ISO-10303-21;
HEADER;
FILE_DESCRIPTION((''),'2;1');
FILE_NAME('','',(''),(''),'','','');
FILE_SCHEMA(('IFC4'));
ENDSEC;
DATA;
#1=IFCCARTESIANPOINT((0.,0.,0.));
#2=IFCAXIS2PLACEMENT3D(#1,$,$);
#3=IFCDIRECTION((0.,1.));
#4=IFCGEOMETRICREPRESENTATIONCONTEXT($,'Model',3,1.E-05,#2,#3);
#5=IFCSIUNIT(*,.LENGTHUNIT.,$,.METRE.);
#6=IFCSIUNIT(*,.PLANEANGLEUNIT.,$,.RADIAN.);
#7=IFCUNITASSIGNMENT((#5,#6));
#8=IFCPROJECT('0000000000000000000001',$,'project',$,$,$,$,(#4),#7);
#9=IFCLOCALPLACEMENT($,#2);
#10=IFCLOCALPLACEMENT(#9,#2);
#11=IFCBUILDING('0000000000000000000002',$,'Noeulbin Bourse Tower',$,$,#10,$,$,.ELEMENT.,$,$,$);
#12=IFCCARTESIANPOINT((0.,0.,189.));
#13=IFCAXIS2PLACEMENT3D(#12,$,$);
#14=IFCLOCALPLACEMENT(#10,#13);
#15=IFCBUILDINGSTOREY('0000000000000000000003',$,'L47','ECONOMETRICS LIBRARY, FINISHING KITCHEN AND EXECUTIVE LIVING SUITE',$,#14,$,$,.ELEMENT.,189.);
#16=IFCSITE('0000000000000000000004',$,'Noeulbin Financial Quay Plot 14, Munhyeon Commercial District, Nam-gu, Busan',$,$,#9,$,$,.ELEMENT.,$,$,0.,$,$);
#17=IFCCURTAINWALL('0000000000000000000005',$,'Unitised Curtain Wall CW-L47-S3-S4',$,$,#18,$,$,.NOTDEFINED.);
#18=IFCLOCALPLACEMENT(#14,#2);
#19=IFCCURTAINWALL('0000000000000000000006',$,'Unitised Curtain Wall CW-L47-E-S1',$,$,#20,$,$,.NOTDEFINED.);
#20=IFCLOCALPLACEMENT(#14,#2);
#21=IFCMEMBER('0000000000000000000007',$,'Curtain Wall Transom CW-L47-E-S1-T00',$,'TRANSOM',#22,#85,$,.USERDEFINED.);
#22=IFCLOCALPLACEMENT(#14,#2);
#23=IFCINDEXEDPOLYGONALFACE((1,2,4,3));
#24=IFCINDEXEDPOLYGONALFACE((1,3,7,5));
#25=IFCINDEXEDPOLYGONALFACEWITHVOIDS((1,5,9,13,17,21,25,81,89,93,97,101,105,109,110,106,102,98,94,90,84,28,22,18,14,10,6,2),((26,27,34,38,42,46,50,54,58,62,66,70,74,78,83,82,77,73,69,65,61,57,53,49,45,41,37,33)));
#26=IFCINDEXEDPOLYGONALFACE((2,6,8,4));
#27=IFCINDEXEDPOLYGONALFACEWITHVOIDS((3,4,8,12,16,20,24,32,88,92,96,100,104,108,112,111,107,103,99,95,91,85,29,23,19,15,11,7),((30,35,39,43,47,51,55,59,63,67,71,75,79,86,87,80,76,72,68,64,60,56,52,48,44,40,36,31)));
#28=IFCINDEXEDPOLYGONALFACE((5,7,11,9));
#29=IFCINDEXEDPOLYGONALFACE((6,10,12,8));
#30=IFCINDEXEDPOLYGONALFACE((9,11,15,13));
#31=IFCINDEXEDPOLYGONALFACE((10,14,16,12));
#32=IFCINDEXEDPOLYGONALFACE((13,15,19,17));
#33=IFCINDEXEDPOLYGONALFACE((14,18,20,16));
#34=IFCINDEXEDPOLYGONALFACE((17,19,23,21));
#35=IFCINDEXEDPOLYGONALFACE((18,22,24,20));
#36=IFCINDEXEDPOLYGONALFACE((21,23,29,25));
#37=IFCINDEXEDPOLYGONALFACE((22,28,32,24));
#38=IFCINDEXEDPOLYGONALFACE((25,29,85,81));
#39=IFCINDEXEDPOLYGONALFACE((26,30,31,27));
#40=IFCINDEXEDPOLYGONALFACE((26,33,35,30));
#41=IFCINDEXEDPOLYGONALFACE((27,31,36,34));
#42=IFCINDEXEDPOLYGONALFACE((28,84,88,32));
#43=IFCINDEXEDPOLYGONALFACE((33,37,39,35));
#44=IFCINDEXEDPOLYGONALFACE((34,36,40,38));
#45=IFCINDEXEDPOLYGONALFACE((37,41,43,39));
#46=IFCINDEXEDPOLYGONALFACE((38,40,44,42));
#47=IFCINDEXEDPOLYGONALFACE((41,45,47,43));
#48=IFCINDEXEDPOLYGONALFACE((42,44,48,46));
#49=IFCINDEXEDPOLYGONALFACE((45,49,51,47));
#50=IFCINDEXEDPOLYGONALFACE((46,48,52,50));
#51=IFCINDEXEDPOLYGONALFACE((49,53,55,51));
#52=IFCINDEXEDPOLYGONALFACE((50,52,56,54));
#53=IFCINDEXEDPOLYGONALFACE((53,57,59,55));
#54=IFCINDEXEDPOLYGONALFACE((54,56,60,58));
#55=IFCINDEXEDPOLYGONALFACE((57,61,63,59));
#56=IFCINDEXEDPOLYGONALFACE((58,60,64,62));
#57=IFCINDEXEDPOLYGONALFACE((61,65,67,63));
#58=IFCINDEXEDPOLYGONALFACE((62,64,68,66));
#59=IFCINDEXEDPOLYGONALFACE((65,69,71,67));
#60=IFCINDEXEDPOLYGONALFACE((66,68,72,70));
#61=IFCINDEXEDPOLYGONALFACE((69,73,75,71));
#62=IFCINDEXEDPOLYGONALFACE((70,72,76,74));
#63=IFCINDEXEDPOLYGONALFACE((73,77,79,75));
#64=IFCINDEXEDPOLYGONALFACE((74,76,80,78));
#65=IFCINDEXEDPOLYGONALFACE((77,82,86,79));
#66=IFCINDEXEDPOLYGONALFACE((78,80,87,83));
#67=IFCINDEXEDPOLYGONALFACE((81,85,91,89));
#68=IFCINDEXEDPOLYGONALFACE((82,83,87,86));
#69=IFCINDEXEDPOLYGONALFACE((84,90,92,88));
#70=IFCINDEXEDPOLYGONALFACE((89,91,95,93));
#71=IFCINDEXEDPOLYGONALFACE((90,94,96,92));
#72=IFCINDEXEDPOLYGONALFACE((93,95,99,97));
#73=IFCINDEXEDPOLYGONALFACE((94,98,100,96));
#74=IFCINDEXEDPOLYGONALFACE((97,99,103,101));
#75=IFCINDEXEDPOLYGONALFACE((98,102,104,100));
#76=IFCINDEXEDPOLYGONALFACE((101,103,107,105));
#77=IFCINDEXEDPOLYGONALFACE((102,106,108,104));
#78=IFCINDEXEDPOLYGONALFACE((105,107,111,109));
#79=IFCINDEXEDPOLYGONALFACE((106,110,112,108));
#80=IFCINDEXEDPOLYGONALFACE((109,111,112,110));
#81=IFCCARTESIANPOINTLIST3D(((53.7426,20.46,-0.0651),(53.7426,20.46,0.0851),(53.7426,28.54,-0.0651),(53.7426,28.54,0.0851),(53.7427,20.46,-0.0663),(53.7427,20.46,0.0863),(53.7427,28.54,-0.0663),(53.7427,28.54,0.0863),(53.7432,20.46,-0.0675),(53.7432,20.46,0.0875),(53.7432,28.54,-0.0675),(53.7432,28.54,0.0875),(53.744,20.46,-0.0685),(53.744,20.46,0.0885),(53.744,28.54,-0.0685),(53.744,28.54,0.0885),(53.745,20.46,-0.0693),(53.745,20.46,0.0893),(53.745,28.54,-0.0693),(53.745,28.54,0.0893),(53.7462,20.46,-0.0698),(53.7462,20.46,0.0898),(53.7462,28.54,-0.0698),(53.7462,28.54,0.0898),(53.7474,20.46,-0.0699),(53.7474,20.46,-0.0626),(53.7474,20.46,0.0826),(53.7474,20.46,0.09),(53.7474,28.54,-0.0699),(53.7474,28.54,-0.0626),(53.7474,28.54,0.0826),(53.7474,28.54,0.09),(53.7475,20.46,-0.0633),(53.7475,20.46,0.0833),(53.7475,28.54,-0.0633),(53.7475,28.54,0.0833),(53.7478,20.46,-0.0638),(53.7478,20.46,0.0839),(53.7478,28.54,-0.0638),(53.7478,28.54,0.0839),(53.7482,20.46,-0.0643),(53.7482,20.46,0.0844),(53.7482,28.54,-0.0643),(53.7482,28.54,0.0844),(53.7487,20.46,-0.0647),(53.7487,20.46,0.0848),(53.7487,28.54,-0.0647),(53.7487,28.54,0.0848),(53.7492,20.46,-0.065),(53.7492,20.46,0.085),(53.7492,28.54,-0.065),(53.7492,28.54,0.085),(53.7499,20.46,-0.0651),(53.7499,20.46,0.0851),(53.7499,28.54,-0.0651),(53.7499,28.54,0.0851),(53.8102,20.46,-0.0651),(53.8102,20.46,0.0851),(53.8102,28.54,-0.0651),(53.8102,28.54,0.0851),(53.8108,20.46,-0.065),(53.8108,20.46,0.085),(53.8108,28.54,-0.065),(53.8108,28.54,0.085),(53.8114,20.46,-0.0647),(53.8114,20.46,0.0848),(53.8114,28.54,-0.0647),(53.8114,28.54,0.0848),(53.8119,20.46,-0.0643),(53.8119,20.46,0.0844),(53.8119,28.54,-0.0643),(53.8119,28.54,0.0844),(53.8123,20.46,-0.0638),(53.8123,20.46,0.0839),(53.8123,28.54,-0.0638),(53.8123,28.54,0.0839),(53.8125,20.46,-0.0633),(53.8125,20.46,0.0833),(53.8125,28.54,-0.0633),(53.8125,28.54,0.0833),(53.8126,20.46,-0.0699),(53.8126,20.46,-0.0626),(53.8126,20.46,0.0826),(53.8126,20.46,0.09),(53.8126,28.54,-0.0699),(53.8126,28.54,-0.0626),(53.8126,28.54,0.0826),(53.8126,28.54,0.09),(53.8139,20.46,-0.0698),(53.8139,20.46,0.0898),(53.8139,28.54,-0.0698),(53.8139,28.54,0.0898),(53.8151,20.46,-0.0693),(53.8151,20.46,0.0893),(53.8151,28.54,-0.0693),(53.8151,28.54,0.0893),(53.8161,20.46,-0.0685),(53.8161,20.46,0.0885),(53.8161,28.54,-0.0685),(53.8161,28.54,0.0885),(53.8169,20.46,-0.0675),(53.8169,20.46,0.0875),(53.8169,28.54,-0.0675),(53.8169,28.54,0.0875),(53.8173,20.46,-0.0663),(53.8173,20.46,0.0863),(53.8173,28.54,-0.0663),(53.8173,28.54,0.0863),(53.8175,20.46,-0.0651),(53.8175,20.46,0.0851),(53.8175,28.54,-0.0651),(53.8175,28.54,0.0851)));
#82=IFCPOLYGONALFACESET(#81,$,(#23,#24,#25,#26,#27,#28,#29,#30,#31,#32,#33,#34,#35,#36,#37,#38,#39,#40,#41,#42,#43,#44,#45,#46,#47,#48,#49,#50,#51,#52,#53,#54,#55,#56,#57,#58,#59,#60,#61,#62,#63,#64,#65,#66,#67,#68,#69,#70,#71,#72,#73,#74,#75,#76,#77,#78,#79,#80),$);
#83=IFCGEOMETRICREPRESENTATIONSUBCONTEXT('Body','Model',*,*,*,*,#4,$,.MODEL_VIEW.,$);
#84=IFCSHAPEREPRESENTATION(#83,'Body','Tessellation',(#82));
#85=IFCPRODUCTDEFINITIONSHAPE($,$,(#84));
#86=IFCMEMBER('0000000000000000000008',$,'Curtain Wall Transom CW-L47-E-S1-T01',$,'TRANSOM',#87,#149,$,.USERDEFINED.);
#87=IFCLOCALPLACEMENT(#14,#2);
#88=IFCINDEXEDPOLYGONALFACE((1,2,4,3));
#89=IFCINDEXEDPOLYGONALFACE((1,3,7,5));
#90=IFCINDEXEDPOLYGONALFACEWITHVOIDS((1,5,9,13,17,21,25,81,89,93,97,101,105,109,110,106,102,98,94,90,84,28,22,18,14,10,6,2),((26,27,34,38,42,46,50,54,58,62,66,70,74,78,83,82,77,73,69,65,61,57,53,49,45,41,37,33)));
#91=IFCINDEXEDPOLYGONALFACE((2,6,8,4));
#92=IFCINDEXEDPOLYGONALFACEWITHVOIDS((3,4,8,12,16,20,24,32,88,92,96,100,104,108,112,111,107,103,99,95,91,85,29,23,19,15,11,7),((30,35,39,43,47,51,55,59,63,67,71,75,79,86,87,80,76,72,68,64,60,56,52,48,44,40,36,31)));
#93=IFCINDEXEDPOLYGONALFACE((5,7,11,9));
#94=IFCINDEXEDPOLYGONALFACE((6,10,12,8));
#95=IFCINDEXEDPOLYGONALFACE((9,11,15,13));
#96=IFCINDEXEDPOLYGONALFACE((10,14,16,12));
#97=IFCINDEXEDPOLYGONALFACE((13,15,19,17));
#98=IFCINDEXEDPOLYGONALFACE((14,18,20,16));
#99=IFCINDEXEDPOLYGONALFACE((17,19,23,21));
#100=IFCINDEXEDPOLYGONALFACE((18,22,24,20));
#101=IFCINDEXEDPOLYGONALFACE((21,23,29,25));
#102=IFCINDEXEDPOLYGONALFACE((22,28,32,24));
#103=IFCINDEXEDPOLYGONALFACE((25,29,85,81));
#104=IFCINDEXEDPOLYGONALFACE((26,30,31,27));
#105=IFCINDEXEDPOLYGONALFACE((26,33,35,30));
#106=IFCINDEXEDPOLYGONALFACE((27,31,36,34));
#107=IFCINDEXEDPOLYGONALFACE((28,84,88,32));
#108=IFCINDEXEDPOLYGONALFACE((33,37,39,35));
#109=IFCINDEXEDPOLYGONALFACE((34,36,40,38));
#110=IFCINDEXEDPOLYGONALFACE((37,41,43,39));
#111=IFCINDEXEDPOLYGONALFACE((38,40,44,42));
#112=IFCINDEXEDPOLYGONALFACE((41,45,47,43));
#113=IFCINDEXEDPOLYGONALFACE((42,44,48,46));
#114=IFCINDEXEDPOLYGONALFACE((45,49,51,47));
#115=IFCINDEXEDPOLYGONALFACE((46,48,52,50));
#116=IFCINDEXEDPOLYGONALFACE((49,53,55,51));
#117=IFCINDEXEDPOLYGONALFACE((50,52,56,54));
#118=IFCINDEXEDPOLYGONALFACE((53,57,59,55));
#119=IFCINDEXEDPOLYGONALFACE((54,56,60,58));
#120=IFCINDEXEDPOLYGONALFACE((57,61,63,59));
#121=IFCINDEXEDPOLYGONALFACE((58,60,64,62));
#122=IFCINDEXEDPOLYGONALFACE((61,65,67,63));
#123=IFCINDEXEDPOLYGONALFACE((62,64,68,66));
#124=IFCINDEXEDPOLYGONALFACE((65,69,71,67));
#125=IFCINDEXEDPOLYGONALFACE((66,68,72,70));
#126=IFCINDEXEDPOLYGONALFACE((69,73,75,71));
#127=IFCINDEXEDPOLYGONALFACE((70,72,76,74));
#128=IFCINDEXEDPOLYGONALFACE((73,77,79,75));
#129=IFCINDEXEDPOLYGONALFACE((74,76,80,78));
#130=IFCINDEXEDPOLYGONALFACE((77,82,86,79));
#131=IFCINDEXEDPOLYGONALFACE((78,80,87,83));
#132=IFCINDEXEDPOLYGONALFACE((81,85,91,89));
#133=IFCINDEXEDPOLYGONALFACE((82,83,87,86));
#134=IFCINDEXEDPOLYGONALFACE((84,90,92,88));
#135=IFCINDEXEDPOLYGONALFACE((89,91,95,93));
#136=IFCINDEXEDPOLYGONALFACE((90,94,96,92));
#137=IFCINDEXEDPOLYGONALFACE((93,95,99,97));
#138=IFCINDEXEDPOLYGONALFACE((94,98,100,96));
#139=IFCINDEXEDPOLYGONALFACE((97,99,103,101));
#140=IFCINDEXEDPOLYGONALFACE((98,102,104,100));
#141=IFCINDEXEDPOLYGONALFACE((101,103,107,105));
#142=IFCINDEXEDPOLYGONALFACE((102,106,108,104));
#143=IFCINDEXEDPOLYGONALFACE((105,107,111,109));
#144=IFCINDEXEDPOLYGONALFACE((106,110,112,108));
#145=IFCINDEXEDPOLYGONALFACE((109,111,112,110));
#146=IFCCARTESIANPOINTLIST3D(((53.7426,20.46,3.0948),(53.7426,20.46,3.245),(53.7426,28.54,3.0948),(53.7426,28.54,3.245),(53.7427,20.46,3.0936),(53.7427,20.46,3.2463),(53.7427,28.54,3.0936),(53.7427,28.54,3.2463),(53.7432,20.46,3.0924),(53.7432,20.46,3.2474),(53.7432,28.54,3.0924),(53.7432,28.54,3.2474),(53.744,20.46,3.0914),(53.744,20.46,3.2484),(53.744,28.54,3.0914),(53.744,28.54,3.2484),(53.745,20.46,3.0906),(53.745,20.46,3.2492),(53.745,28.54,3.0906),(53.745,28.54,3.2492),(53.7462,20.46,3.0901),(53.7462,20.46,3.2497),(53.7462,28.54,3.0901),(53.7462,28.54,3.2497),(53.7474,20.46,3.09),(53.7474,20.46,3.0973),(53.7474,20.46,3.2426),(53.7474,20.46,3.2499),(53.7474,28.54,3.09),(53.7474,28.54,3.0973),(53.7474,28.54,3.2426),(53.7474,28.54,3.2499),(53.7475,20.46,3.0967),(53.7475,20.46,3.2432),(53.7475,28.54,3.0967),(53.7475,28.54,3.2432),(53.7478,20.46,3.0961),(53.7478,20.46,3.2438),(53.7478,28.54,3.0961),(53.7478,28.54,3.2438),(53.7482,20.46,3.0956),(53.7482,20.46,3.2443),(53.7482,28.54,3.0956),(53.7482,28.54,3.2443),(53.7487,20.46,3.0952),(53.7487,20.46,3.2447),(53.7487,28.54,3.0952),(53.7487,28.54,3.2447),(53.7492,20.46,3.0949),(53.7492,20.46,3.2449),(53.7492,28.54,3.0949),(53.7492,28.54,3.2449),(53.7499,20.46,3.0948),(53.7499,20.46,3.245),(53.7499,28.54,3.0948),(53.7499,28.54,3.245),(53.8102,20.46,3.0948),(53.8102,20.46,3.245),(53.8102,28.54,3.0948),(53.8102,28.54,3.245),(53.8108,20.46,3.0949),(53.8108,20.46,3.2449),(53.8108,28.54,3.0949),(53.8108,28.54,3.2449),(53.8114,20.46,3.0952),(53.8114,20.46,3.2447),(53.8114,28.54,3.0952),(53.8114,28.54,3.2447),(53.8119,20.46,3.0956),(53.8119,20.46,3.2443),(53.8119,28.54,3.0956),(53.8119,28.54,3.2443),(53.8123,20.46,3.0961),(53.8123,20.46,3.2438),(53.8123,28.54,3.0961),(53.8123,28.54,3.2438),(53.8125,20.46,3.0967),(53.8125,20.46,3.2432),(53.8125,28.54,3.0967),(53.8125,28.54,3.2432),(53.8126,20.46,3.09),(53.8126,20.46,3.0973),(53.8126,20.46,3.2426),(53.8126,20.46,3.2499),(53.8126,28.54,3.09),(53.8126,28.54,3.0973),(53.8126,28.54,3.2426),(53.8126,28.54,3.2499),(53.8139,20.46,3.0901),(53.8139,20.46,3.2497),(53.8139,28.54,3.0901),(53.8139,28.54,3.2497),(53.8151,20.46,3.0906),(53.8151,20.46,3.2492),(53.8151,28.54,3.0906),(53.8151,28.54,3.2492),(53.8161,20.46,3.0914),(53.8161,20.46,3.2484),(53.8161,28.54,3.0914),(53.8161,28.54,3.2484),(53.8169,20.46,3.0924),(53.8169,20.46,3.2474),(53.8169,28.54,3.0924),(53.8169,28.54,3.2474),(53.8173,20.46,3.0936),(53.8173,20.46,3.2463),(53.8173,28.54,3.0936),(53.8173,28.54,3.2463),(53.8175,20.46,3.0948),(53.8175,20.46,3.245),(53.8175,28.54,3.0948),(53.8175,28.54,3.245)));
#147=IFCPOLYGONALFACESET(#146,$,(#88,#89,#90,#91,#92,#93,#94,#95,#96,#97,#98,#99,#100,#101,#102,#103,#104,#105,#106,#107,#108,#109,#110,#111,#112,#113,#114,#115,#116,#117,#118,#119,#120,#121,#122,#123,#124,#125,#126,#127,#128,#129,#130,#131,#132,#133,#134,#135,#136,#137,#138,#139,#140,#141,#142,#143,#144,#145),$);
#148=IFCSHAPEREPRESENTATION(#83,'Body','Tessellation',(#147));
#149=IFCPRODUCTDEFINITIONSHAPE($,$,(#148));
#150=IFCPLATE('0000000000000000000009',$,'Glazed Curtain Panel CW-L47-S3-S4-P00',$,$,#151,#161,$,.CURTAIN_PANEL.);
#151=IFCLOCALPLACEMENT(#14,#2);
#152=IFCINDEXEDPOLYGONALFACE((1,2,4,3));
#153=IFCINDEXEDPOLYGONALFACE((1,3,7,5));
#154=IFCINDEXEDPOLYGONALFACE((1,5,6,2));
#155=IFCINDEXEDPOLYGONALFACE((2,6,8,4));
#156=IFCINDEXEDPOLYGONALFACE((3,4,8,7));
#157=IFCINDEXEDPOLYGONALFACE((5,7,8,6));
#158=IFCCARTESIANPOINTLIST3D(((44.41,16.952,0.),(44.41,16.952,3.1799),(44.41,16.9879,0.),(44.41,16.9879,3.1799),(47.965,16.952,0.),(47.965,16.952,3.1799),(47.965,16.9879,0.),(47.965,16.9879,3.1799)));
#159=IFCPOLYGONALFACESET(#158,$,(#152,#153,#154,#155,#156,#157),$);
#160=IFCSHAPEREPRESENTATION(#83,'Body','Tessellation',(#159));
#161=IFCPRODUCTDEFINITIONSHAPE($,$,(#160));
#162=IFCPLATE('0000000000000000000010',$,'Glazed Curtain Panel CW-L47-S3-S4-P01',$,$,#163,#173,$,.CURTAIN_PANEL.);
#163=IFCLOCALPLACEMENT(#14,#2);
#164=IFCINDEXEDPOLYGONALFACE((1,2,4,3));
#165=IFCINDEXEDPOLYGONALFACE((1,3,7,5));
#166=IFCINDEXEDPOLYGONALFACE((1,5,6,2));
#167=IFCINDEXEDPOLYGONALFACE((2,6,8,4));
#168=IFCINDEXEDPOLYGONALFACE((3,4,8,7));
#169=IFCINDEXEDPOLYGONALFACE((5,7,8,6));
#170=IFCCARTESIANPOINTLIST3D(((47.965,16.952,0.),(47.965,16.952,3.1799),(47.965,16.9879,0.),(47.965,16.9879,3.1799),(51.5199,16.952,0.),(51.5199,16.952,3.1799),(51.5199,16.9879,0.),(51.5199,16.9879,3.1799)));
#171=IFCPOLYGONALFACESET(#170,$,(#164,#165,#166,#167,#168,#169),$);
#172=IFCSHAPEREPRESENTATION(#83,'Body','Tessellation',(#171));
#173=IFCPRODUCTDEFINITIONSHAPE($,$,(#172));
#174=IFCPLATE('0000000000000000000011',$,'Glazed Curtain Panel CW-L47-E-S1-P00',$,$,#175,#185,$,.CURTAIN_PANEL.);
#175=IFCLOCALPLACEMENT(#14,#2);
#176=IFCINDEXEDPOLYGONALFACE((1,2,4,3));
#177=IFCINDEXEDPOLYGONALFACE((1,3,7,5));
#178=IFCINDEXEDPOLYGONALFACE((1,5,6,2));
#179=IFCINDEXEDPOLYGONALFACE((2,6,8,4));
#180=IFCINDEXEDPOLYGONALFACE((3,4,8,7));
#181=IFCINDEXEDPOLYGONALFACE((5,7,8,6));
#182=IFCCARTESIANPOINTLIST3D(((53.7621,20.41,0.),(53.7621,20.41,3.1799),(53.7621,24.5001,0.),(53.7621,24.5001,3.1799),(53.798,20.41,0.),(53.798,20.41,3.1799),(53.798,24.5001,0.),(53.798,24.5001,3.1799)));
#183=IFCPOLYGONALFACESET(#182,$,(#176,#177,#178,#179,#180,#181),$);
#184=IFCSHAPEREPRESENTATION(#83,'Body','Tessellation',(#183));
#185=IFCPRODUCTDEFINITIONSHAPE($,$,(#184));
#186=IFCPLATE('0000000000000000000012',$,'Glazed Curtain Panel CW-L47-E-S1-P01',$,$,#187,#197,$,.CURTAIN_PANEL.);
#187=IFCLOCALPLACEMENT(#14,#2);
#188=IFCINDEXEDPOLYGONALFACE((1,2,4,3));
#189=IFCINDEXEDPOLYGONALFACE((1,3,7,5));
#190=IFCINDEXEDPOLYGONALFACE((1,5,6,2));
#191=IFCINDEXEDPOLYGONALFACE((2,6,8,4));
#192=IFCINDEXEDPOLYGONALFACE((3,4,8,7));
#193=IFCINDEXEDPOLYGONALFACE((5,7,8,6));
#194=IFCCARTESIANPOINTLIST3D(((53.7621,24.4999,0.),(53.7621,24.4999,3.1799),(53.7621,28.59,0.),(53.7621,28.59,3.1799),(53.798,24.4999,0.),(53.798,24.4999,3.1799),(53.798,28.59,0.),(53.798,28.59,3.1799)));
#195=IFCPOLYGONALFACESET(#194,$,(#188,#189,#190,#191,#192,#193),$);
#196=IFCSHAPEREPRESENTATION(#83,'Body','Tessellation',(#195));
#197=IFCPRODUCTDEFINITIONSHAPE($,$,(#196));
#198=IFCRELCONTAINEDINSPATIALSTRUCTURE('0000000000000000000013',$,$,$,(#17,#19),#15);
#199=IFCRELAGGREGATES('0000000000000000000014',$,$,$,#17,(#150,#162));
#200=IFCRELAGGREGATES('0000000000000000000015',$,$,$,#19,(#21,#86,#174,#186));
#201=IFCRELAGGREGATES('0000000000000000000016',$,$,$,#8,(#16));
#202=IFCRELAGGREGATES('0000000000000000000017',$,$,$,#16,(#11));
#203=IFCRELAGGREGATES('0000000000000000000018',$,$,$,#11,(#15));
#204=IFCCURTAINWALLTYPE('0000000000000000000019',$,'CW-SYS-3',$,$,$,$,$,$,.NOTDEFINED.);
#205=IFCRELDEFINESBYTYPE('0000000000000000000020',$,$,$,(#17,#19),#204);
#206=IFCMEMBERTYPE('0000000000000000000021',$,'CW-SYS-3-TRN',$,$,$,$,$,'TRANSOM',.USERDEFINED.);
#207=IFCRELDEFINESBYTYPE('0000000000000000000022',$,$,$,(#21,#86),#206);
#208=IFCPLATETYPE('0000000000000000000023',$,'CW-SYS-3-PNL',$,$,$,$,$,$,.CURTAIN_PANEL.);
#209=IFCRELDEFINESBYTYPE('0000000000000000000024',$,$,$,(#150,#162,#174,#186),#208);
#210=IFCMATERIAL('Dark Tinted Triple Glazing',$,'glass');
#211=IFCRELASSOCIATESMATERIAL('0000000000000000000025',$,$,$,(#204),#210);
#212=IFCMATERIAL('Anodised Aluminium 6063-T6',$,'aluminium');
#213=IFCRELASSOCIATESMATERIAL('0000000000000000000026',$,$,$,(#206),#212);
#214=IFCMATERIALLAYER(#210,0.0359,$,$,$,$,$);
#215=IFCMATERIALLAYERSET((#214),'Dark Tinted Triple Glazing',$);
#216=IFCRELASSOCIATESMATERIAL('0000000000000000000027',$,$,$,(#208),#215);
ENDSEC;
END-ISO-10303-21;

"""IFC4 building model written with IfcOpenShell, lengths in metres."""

from ifc_helpers import new_model, si_unit, direction, frame, origin, origin_2d, place, context, subcontext, project, spatial, rectangle, hollow_rectangle, extrude, material, layer, layer_set, material_profile, profile_set, type_object, element, aggregate, save


model = new_model("IFC4")

# Units and contexts
model_context = context("Model", 3, precision=1e-05, world=origin(), true_north=direction((0.0, 1.0)))
body_context = subcontext(model_context, "Body", "Model", "MODEL_VIEW")
ifc_project = project(units=[si_unit("LENGTHUNIT", "METRE"), si_unit("PLANEANGLEUNIT", "RADIAN")], contexts=[model_context])

# Site, building, storey
site_placement = place(None, origin())
site = spatial("IfcSite", under=ifc_project, at=site_placement, Name="Noeulbin Financial Quay Plot 14, Munhyeon Commercial District, Nam-gu, Busan", CompositionType="ELEMENT", RefElevation=0.0)
building_placement = place(site_placement, origin())
building = spatial("IfcBuilding", under=site, at=building_placement, Name="Noeulbin Bourse Tower", CompositionType="ELEMENT")
storey_placement = place(building_placement, frame((0.0, 0.0, 189.0)))
storey = spatial("IfcBuildingStorey", under=building, at=storey_placement, Name="L47", Description="ECONOMETRICS LIBRARY, FINISHING KITCHEN AND EXECUTIVE LIVING SUITE", CompositionType="ELEMENT", Elevation=189.0)

# Curtain walls
ifc_material_1 = material(Name="Dark Tinted Triple Glazing", Category="glass")
curtain_wall_type = type_object("IfcCurtainWallType", Name="CW-SYS-3", PredefinedType="NOTDEFINED", material=ifc_material_1)
curtain_wall_1_placement = place(storey_placement, origin())
curtain_wall_1 = element("IfcCurtainWall", 1, at=curtain_wall_1_placement, inside=storey, type_object=curtain_wall_type, Name="Unitised Curtain Wall CW-L47-S3-S4", PredefinedType="NOTDEFINED")
ifc_material_2 = material(Name="Anodised Aluminium 6063-T6", Category="aluminium")
curtain_wall_2_placement = place(storey_placement, origin())
curtain_wall_2 = element("IfcCurtainWall", 2, at=curtain_wall_2_placement, inside=storey, type_object=curtain_wall_type, Name="Unitised Curtain Wall CW-L47-E-S1", PredefinedType="NOTDEFINED")

# Members
ifc_material_profile_1 = material_profile(ifc_material_2, hollow_rectangle(XDim=0.075, YDim=0.1599, WallThickness=0.0049, InnerFilletRadius=0.0024, OuterFilletRadius=0.0049, at=origin_2d()), Name="ALU-TRAN-75x160x5", Category="LoadBearing")
ifc_profile_set_1 = profile_set([ifc_material_profile_1], Name="Anodised Aluminium 6063-T6")
member_type_1 = type_object("IfcMemberType", Name="CW-SYS-3-TRN", ElementType="TRANSOM", PredefinedType="USERDEFINED", material=ifc_profile_set_1)
member_1_placement = place(storey_placement, frame((53.78, 20.46, 0.01), z_axis=(0.0, 1.0, 0.0), x_axis=(-1.0, 0.0, 0.0)))
member_1 = element("IfcMember", 3, at=member_1_placement, type_object=member_type_1, Name="Curtain Wall Transom CW-L47-E-S1-T00", ObjectType="TRANSOM", PredefinedType="USERDEFINED", context=body_context, shape_type="SweptSolid", body=[
    extrude(hollow_rectangle(XDim=0.075, YDim=0.1599, WallThickness=0.0049, InnerFilletRadius=0.0024, OuterFilletRadius=0.0049, at=origin_2d()), origin(), (0.0, 0.0, 1.0), 8.0801),
])
member_2_placement = place(storey_placement, frame((53.78, 20.46, 3.1699), z_axis=(0.0, 1.0, 0.0), x_axis=(-1.0, 0.0, 0.0)))
member_2 = element("IfcMember", 4, at=member_2_placement, type_object=member_type_1, Name="Curtain Wall Transom CW-L47-E-S1-T01", ObjectType="TRANSOM", PredefinedType="USERDEFINED", context=body_context, shape_type="SweptSolid", body=[
    extrude(hollow_rectangle(XDim=0.075, YDim=0.1599, WallThickness=0.0049, InnerFilletRadius=0.0024, OuterFilletRadius=0.0049, at=origin_2d()), origin(), (0.0, 0.0, 1.0), 8.0801),
])

# Plates
ifc_layer_1 = layer(ifc_material_1, 0.0359)
ifc_layer_set_1 = layer_set([ifc_layer_1], Name="Dark Tinted Triple Glazing")
plate_type_1 = type_object("IfcPlateType", Name="CW-SYS-3-PNL", PredefinedType="CURTAIN_PANEL", material=ifc_layer_set_1)
plate_1_placement = place(storey_placement, frame((46.1875, 16.97, 0.0), z_axis=(0.0, 0.0, 1.0), x_axis=(1.0, 0.0, 0.0)))
plate_1 = element("IfcPlate", 5, at=plate_1_placement, type_object=plate_type_1, Name="Glazed Curtain Panel CW-L47-S3-S4-P00", PredefinedType="CURTAIN_PANEL", context=body_context, shape_type="SweptSolid", body=[
    extrude(rectangle(XDim=3.5549, YDim=0.0359, at=origin_2d()), origin(), (0.0, 0.0, 1.0), 3.1799),
])
plate_2_placement = place(storey_placement, frame((49.7424, 16.97, 0.0), z_axis=(0.0, 0.0, 1.0), x_axis=(1.0, 0.0, 0.0)))
plate_2 = element("IfcPlate", 6, at=plate_2_placement, type_object=plate_type_1, Name="Glazed Curtain Panel CW-L47-S3-S4-P01", PredefinedType="CURTAIN_PANEL", context=body_context, shape_type="SweptSolid", body=[
    extrude(rectangle(XDim=3.5549, YDim=0.0359, at=origin_2d()), origin(), (0.0, 0.0, 1.0), 3.1799),
])
aggregate(curtain_wall_1, [plate_1, plate_2])
plate_3_placement = place(storey_placement, frame((53.78, 22.4551, 0.0), z_axis=(0.0, 0.0, 1.0), x_axis=(0.0, 1.0, 0.0)))
plate_3 = element("IfcPlate", 7, at=plate_3_placement, type_object=plate_type_1, Name="Glazed Curtain Panel CW-L47-E-S1-P00", PredefinedType="CURTAIN_PANEL", context=body_context, shape_type="SweptSolid", body=[
    extrude(rectangle(XDim=4.0901, YDim=0.0359, at=origin_2d()), origin(), (0.0, 0.0, 1.0), 3.1799),
])
plate_4_placement = place(storey_placement, frame((53.78, 26.5449, 0.0), z_axis=(0.0, 0.0, 1.0), x_axis=(0.0, 1.0, 0.0)))
plate_4 = element("IfcPlate", 8, at=plate_4_placement, type_object=plate_type_1, Name="Glazed Curtain Panel CW-L47-E-S1-P01", PredefinedType="CURTAIN_PANEL", context=body_context, shape_type="SweptSolid", body=[
    extrude(rectangle(XDim=4.0901, YDim=0.0359, at=origin_2d()), origin(), (0.0, 0.0, 1.0), 3.1799),
])
aggregate(curtain_wall_2, [member_1, member_2, plate_3, plate_4])

save(model, "model.ifc")
